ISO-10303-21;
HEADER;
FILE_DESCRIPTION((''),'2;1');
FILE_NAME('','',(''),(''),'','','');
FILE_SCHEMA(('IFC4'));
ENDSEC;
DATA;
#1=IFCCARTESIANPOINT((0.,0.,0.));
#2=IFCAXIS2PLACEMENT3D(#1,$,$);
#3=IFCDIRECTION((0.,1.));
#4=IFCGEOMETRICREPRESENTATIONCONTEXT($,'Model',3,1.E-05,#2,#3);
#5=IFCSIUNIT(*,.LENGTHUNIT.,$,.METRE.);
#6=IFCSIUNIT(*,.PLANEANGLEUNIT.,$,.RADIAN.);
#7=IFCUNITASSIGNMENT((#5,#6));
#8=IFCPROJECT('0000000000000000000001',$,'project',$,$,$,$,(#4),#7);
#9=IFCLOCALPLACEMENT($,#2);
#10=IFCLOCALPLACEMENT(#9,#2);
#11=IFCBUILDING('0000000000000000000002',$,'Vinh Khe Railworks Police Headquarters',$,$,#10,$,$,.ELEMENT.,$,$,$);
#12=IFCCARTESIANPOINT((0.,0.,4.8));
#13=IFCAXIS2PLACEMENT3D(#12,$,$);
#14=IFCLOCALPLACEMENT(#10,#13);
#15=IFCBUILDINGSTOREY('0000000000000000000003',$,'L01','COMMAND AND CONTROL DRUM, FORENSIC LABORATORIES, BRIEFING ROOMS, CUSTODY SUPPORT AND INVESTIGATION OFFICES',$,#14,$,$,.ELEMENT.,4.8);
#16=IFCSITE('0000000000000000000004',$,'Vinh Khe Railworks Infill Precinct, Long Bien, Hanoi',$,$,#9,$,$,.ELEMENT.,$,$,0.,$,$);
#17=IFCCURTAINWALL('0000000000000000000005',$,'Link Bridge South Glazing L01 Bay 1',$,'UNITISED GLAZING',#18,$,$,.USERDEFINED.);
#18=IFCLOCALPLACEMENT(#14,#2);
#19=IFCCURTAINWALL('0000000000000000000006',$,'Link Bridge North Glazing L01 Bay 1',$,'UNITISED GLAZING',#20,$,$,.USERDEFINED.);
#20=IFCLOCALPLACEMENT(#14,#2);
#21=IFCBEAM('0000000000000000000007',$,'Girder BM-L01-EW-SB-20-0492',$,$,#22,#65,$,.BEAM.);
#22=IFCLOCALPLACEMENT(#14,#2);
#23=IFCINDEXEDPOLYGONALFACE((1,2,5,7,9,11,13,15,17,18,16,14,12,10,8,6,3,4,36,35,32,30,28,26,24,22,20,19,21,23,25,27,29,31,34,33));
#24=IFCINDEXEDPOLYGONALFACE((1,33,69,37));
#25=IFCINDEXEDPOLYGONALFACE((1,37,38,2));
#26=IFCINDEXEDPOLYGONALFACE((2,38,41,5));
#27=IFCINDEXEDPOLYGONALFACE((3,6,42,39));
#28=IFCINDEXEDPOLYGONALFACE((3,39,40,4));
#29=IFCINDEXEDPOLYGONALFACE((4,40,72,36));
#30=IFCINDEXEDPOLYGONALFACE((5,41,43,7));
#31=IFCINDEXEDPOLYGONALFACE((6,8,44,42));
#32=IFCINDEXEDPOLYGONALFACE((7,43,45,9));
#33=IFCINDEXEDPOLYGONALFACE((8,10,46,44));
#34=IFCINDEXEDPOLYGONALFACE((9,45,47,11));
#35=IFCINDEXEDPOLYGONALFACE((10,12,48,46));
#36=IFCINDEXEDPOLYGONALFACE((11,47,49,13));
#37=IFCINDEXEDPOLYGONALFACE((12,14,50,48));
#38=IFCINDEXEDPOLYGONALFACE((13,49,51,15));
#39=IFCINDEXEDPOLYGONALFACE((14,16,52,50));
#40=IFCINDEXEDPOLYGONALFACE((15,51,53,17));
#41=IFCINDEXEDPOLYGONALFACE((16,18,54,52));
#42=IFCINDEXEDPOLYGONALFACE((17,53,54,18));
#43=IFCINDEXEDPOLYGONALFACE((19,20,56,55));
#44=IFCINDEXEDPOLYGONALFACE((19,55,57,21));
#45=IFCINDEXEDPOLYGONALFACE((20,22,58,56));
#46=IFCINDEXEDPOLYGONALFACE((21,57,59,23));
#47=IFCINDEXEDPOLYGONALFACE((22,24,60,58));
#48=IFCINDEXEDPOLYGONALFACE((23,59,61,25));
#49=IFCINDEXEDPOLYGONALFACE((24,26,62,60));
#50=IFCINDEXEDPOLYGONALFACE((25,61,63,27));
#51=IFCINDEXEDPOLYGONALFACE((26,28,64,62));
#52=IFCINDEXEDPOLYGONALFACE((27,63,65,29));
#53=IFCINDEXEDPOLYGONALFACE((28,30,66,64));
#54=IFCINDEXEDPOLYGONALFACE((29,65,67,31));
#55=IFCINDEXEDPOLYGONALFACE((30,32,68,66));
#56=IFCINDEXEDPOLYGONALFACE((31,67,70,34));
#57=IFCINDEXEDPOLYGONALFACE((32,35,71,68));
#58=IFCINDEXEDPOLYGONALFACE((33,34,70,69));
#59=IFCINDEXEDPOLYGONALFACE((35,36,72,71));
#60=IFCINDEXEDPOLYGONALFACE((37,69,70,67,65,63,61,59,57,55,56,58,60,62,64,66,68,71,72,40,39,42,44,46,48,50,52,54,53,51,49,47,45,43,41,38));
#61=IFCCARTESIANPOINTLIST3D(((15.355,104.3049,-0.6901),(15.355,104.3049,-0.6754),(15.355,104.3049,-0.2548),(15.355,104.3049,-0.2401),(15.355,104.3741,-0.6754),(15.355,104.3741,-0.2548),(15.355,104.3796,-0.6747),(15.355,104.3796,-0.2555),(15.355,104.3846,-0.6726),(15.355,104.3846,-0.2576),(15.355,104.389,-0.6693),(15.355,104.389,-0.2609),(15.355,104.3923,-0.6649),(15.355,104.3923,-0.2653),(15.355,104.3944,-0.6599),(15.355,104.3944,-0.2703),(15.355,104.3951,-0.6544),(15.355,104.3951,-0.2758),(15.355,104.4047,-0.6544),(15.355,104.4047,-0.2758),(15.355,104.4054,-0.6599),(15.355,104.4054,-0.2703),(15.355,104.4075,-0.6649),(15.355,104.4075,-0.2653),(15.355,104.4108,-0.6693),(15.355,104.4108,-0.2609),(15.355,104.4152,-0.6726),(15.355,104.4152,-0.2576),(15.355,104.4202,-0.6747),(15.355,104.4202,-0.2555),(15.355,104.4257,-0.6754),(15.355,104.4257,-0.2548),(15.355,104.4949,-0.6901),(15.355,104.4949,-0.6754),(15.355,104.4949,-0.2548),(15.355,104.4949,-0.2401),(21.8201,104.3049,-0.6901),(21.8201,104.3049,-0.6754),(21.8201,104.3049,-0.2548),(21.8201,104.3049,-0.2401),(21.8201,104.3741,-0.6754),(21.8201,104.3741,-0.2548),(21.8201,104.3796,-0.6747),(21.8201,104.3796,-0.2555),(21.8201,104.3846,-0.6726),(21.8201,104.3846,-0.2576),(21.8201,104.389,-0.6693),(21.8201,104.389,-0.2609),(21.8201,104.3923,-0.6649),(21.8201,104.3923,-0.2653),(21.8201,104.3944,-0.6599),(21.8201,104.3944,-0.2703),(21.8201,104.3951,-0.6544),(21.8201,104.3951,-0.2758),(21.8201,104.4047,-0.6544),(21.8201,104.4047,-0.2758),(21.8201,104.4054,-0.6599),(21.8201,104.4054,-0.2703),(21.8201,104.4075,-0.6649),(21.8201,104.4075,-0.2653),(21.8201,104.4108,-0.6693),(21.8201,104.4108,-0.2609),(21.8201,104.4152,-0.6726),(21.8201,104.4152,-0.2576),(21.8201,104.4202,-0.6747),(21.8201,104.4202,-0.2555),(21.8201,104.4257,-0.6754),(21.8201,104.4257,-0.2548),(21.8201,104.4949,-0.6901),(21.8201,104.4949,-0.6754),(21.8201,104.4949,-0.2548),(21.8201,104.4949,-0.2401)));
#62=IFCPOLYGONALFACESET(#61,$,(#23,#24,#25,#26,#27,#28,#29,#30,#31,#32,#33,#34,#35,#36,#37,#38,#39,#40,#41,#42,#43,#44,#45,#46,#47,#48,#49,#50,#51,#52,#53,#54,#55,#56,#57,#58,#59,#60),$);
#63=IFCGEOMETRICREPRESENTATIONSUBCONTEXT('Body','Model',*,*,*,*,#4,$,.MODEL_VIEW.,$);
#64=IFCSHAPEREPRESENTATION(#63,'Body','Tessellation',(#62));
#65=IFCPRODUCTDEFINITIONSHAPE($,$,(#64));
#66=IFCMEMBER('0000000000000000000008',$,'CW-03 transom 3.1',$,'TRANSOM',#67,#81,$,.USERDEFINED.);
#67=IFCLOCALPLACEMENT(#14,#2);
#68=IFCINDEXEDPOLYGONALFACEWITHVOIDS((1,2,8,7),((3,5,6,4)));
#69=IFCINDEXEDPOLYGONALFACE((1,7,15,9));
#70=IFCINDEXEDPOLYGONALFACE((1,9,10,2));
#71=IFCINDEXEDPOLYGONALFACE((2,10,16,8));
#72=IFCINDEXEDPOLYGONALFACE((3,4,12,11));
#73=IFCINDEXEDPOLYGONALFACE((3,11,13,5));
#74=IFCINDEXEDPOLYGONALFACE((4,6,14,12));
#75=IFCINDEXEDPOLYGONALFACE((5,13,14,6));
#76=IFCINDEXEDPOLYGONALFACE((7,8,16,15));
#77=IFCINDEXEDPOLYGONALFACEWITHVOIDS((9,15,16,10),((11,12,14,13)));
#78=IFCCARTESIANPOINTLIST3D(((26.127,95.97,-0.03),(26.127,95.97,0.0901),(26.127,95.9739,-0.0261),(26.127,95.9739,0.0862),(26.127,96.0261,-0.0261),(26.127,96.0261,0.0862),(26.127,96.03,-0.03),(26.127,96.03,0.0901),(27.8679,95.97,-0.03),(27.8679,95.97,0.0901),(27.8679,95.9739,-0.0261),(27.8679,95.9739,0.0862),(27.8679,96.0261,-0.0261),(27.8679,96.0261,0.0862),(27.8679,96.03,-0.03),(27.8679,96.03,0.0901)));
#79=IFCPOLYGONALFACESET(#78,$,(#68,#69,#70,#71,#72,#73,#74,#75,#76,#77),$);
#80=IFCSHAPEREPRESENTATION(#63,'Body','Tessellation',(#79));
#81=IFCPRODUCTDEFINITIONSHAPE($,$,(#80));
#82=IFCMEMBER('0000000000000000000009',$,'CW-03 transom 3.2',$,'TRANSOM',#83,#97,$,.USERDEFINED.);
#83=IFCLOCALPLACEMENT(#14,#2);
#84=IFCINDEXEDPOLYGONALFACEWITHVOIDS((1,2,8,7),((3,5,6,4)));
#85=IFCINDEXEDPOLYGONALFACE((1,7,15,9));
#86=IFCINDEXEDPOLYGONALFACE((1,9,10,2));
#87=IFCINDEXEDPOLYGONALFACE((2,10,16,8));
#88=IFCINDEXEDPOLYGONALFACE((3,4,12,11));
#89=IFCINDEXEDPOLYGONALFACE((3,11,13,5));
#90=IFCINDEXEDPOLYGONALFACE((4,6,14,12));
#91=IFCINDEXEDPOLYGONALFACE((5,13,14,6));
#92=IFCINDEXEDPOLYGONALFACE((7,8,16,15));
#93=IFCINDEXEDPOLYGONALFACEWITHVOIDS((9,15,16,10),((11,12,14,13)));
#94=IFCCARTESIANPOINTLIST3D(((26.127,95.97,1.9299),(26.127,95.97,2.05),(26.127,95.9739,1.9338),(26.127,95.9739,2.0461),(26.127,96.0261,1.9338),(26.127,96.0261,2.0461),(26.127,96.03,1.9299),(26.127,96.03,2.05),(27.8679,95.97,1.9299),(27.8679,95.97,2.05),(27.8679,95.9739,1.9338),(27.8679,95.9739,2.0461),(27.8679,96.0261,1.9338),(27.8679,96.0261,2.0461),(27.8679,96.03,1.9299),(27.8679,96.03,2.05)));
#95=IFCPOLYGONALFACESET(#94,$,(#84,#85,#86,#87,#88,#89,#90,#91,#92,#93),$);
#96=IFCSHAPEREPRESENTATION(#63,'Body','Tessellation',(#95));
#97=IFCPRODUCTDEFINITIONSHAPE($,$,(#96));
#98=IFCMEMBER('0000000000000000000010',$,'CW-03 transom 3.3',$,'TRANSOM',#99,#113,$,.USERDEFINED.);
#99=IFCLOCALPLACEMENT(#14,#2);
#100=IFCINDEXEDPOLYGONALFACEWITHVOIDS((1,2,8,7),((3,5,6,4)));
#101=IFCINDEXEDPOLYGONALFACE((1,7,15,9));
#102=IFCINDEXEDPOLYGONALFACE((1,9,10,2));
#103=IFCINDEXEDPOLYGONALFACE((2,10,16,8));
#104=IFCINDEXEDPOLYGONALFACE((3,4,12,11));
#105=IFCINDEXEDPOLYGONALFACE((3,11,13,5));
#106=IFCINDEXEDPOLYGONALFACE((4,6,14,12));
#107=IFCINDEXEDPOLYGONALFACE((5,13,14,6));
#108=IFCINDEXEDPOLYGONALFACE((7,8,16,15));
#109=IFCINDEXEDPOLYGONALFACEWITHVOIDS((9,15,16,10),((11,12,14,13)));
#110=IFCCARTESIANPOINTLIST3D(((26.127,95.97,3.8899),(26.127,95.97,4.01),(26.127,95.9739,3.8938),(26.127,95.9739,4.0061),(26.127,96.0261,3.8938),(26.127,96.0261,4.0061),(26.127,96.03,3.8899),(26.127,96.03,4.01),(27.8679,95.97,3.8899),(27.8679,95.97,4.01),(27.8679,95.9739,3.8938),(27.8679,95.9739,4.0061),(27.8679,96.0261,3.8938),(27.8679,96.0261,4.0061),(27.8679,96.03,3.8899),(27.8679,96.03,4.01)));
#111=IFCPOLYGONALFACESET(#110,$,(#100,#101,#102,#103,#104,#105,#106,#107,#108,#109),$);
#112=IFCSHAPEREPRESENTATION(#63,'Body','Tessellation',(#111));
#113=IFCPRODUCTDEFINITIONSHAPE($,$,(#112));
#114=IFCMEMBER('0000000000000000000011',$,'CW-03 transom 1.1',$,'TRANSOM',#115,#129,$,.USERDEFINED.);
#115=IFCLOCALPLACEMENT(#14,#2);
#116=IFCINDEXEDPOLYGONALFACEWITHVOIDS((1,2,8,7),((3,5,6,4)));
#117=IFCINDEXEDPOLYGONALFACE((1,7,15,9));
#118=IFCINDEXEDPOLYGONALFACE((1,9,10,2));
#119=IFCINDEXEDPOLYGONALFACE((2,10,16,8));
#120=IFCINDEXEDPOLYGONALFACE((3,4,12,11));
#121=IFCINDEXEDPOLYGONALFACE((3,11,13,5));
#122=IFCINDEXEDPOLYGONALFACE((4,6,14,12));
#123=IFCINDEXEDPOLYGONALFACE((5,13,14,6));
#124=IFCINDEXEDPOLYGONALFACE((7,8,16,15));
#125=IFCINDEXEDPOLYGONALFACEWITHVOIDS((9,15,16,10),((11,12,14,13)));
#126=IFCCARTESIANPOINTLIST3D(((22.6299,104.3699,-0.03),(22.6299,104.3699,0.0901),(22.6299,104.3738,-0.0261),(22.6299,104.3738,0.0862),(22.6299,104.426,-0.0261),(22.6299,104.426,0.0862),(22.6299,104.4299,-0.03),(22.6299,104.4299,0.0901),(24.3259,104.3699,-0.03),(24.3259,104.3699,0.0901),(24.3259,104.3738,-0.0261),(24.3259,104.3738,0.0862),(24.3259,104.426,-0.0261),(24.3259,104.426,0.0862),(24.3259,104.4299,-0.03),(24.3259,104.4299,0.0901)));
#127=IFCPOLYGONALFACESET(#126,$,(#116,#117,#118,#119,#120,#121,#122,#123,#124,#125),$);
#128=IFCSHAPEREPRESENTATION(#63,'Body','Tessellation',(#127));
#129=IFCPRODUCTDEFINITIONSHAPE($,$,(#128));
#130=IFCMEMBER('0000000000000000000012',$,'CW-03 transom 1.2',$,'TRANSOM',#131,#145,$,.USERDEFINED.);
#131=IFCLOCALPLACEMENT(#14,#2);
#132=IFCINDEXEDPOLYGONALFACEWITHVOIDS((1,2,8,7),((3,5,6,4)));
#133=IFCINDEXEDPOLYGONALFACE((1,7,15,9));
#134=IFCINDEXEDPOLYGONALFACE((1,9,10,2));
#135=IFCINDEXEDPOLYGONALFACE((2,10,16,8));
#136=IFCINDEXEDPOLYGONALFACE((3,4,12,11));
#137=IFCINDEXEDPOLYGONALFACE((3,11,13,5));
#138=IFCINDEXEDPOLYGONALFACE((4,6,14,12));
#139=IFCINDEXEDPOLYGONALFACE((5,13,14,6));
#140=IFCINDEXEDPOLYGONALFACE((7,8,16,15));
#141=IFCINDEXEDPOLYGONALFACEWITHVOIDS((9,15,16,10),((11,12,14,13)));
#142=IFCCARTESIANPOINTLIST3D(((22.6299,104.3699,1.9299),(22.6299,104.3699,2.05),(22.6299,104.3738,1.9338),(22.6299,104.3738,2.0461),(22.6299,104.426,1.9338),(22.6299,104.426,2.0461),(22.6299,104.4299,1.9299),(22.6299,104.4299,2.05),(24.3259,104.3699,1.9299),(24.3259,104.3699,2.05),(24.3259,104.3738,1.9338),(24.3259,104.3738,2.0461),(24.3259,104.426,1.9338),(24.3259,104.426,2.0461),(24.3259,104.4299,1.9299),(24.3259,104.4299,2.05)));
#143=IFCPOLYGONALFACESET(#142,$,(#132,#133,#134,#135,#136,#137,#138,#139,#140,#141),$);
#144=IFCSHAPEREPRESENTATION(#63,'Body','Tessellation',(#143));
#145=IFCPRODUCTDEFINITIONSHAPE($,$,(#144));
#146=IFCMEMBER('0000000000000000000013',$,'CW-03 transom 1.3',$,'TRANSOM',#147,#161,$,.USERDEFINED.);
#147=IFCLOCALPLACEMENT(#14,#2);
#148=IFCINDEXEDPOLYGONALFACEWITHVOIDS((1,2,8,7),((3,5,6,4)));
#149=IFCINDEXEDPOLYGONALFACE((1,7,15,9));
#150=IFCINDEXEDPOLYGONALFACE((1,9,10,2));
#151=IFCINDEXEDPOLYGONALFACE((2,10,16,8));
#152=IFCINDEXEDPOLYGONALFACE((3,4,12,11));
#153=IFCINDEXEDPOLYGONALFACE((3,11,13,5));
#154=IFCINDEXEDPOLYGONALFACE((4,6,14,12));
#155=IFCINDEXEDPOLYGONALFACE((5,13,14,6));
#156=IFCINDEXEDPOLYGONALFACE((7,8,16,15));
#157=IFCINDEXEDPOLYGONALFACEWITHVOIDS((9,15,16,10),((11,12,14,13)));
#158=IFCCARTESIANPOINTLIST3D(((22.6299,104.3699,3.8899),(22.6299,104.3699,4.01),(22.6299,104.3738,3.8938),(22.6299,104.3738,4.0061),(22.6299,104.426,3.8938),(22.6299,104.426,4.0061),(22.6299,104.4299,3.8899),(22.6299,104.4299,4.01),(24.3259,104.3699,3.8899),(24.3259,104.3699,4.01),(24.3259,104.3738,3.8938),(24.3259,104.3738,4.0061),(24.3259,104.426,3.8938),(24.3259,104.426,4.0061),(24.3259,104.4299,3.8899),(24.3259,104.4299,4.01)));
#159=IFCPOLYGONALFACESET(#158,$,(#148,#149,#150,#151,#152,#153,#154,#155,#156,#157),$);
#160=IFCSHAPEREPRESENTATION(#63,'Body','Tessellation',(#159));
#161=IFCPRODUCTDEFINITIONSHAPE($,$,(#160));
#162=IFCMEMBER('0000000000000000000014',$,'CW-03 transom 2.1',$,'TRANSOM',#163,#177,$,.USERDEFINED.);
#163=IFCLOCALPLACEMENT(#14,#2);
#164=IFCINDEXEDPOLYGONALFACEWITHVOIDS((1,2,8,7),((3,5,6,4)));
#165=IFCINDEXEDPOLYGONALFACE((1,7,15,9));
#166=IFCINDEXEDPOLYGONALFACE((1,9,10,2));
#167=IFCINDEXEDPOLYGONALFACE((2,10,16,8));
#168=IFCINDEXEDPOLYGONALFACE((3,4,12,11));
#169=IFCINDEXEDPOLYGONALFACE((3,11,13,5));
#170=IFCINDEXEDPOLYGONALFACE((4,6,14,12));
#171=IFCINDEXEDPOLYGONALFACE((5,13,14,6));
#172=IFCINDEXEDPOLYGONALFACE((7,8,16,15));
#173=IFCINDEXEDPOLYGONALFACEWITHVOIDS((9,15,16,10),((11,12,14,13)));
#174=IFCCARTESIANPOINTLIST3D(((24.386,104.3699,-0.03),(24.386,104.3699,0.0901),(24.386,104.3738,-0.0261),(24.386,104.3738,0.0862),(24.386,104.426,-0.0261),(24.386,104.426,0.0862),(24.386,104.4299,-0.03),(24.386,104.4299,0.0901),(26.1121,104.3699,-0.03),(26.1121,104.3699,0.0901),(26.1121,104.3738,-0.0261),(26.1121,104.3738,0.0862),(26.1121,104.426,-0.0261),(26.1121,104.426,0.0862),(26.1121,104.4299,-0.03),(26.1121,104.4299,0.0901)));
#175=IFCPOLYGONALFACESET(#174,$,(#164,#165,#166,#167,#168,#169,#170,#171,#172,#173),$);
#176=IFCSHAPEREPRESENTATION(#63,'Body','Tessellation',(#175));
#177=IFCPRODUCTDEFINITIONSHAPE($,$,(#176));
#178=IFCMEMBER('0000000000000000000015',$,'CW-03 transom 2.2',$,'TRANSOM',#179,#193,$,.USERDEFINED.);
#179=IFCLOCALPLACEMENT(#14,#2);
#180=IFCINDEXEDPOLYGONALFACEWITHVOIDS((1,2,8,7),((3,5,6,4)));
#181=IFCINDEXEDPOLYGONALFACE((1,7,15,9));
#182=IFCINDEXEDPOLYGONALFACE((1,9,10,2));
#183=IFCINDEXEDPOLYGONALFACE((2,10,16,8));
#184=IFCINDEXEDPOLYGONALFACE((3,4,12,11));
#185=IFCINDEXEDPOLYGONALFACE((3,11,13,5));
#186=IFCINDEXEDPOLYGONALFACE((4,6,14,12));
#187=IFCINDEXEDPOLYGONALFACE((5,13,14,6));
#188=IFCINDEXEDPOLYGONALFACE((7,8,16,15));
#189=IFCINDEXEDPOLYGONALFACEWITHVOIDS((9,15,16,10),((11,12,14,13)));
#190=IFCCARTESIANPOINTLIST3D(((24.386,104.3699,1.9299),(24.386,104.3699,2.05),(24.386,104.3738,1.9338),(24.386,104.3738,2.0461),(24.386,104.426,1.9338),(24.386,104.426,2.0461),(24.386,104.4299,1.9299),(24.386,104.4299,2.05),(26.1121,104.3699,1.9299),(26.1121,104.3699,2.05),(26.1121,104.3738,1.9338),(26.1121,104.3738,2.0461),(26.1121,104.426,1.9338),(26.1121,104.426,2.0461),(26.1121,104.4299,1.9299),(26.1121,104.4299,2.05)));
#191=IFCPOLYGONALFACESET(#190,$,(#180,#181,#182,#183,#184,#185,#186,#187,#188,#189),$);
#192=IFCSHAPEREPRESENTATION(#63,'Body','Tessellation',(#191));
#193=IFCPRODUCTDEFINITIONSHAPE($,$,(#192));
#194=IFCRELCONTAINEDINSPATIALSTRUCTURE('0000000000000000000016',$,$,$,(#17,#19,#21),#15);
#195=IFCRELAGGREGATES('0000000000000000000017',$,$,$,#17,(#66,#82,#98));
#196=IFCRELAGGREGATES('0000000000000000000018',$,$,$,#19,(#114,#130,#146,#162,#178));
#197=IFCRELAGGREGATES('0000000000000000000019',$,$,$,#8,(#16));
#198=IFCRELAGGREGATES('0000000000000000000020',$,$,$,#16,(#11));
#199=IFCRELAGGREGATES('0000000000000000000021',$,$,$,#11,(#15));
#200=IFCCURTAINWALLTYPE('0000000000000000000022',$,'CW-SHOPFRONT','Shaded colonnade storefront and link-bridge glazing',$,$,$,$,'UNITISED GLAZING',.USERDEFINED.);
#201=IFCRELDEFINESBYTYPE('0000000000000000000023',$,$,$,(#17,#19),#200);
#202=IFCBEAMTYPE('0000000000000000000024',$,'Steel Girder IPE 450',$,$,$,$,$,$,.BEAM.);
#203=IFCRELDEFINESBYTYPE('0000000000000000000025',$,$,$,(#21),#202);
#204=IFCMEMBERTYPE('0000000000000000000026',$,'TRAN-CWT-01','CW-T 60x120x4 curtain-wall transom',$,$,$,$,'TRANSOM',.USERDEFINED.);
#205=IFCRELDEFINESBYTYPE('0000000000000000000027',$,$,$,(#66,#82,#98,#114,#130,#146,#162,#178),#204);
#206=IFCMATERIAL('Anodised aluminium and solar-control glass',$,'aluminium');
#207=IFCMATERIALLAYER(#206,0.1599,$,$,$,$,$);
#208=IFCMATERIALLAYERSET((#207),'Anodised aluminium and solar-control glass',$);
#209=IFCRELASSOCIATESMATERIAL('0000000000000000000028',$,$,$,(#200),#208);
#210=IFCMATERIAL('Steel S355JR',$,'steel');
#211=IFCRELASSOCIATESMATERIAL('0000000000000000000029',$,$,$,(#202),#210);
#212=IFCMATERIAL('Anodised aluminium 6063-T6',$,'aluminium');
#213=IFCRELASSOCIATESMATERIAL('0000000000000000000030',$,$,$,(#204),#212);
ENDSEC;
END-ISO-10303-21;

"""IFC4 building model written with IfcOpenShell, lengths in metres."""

from ifc_helpers import new_model, si_unit, direction, frame, origin, origin_2d, place, context, subcontext, project, spatial, hollow_rectangle, i_section, extrude, material, layer, layer_set, material_profile, profile_set, type_object, element, aggregate, save


model = new_model("IFC4")

# Units and contexts
model_context = context("Model", 3, precision=1e-05, world=origin(), true_north=direction((0.0, 1.0)))
body_context = subcontext(model_context, "Body", "Model", "MODEL_VIEW")
ifc_project = project(units=[si_unit("LENGTHUNIT", "METRE"), si_unit("PLANEANGLEUNIT", "RADIAN")], contexts=[model_context])

# Site, building, storey
site_placement = place(None, origin())
site = spatial("IfcSite", under=ifc_project, at=site_placement, Name="Vinh Khe Railworks Infill Precinct, Long Bien, Hanoi", CompositionType="ELEMENT", RefElevation=0.0)
building_placement = place(site_placement, origin())
building = spatial("IfcBuilding", under=site, at=building_placement, Name="Vinh Khe Railworks Police Headquarters", CompositionType="ELEMENT")
storey_placement = place(building_placement, frame((0.0, 0.0, 4.8)))
storey = spatial("IfcBuildingStorey", under=building, at=storey_placement, Name="L01", Description="COMMAND AND CONTROL DRUM, FORENSIC LABORATORIES, BRIEFING ROOMS, CUSTODY SUPPORT AND INVESTIGATION OFFICES", CompositionType="ELEMENT", Elevation=4.8)

# Curtain wall
ifc_material_1 = material(Name="Anodised aluminium and solar-control glass", Category="aluminium")
ifc_layer_1 = layer(ifc_material_1, 0.1599)
ifc_layer_set_1 = layer_set([ifc_layer_1], Name="Anodised aluminium and solar-control glass")
curtain_wall_type = type_object("IfcCurtainWallType", Name="CW-SHOPFRONT", Description="Shaded colonnade storefront and link-bridge glazing", ElementType="UNITISED GLAZING", PredefinedType="USERDEFINED", material=ifc_layer_set_1)
curtain_wall_1_placement = place(storey_placement, origin())
curtain_wall_1 = element("IfcCurtainWall", 1, at=curtain_wall_1_placement, inside=storey, type_object=curtain_wall_type, Name="Link Bridge South Glazing L01 Bay 1", ObjectType="UNITISED GLAZING", PredefinedType="USERDEFINED")
ifc_material_2 = material(Name="Anodised aluminium 6063-T6", Category="aluminium")

# Curtain wall
curtain_wall_2_placement = place(storey_placement, origin())
curtain_wall_2 = element("IfcCurtainWall", 2, at=curtain_wall_2_placement, inside=storey, type_object=curtain_wall_type, Name="Link Bridge North Glazing L01 Bay 1", ObjectType="UNITISED GLAZING", PredefinedType="USERDEFINED")

# Beam
ifc_material_3 = material(Name="Steel S355JR", Category="steel")
ifc_material_profile_1 = material_profile(ifc_material_3, i_section(OverallWidth=0.1899, OverallDepth=0.45, WebThickness=0.0095, FlangeThickness=0.0146, FilletRadius=0.021, at=origin_2d()), Name="IPE 450")
ifc_profile_set_1 = profile_set([ifc_material_profile_1], Name="Steel S355JR")
beam_type_1 = type_object("IfcBeamType", Name="Steel Girder IPE 450", PredefinedType="BEAM", material=ifc_profile_set_1)
beam_1_placement = place(storey_placement, frame((15.355, 104.3999, -0.4651), z_axis=(1.0, 0.0, 0.0), x_axis=(0.0, 1.0, 0.0)))
element("IfcBeam", 3, at=beam_1_placement, inside=storey, type_object=beam_type_1, Name="Girder BM-L01-EW-SB-20-0492", PredefinedType="BEAM", context=body_context, shape_type="SweptSolid", body=[
    extrude(i_section(OverallWidth=0.1899, OverallDepth=0.45, WebThickness=0.0095, FlangeThickness=0.0146, FilletRadius=0.021, at=origin_2d()), origin(), (0.0, 0.0, 1.0), 6.4651),
])

# Members
ifc_material_profile_2 = material_profile(ifc_material_2, hollow_rectangle(XDim=0.0601, YDim=0.1201, WallThickness=0.0039, at=origin_2d()), Name="CW-T 60x120x4")
ifc_profile_set_2 = profile_set([ifc_material_profile_2], Name="Anodised aluminium 6063-T6")
member_type_1 = type_object("IfcMemberType", Name="TRAN-CWT-01", Description="CW-T 60x120x4 curtain-wall transom", ElementType="TRANSOM", PredefinedType="USERDEFINED", material=ifc_profile_set_2)
member_1_placement = place(storey_placement, frame((26.127, 96.0, 0.03), z_axis=(1.0, 0.0, 0.0), x_axis=(0.0, 1.0, 0.0)))
member_1 = element("IfcMember", 4, at=member_1_placement, type_object=member_type_1, Name="CW-03 transom 3.1", ObjectType="TRANSOM", PredefinedType="USERDEFINED", context=body_context, shape_type="SweptSolid", body=[
    extrude(hollow_rectangle(XDim=0.0601, YDim=0.1201, WallThickness=0.0039, at=origin_2d()), origin(), (0.0, 0.0, 1.0), 1.741),
])
member_2_placement = place(storey_placement, frame((26.127, 96.0, 1.99), z_axis=(1.0, 0.0, 0.0), x_axis=(0.0, 1.0, 0.0)))
member_2 = element("IfcMember", 5, at=member_2_placement, type_object=member_type_1, Name="CW-03 transom 3.2", ObjectType="TRANSOM", PredefinedType="USERDEFINED", context=body_context, shape_type="SweptSolid", body=[
    extrude(hollow_rectangle(XDim=0.0601, YDim=0.1201, WallThickness=0.0039, at=origin_2d()), origin(), (0.0, 0.0, 1.0), 1.741),
])
member_3_placement = place(storey_placement, frame((26.127, 96.0, 3.95), z_axis=(1.0, 0.0, 0.0), x_axis=(0.0, 1.0, 0.0)))
member_3 = element("IfcMember", 6, at=member_3_placement, type_object=member_type_1, Name="CW-03 transom 3.3", ObjectType="TRANSOM", PredefinedType="USERDEFINED", context=body_context, shape_type="SweptSolid", body=[
    extrude(hollow_rectangle(XDim=0.0601, YDim=0.1201, WallThickness=0.0039, at=origin_2d()), origin(), (0.0, 0.0, 1.0), 1.741),
])
aggregate(curtain_wall_1, [member_1, member_2, member_3])
member_4_placement = place(storey_placement, frame((22.6299, 104.3999, 0.03), z_axis=(1.0, 0.0, 0.0), x_axis=(0.0, 1.0, 0.0)))
member_4 = element("IfcMember", 7, at=member_4_placement, type_object=member_type_1, Name="CW-03 transom 1.1", ObjectType="TRANSOM", PredefinedType="USERDEFINED", context=body_context, shape_type="SweptSolid", body=[
    extrude(hollow_rectangle(XDim=0.0601, YDim=0.1201, WallThickness=0.0039, at=origin_2d()), origin(), (0.0, 0.0, 1.0), 1.696),
])
member_5_placement = place(storey_placement, frame((22.6299, 104.3999, 1.99), z_axis=(1.0, 0.0, 0.0), x_axis=(0.0, 1.0, 0.0)))
member_5 = element("IfcMember", 8, at=member_5_placement, type_object=member_type_1, Name="CW-03 transom 1.2", ObjectType="TRANSOM", PredefinedType="USERDEFINED", context=body_context, shape_type="SweptSolid", body=[
    extrude(hollow_rectangle(XDim=0.0601, YDim=0.1201, WallThickness=0.0039, at=origin_2d()), origin(), (0.0, 0.0, 1.0), 1.696),
])
member_6_placement = place(storey_placement, frame((22.6299, 104.3999, 3.95), z_axis=(1.0, 0.0, 0.0), x_axis=(0.0, 1.0, 0.0)))
member_6 = element("IfcMember", 9, at=member_6_placement, type_object=member_type_1, Name="CW-03 transom 1.3", ObjectType="TRANSOM", PredefinedType="USERDEFINED", context=body_context, shape_type="SweptSolid", body=[
    extrude(hollow_rectangle(XDim=0.0601, YDim=0.1201, WallThickness=0.0039, at=origin_2d()), origin(), (0.0, 0.0, 1.0), 1.696),
])
member_7_placement = place(storey_placement, frame((24.386, 104.3999, 0.03), z_axis=(1.0, 0.0, 0.0), x_axis=(0.0, 1.0, 0.0)))
member_7 = element("IfcMember", 10, at=member_7_placement, type_object=member_type_1, Name="CW-03 transom 2.1", ObjectType="TRANSOM", PredefinedType="USERDEFINED", context=body_context, shape_type="SweptSolid", body=[
    extrude(hollow_rectangle(XDim=0.0601, YDim=0.1201, WallThickness=0.0039, at=origin_2d()), origin(), (0.0, 0.0, 1.0), 1.7261),
])
member_8_placement = place(storey_placement, frame((24.386, 104.3999, 1.99), z_axis=(1.0, 0.0, 0.0), x_axis=(0.0, 1.0, 0.0)))
member_8 = element("IfcMember", 11, at=member_8_placement, type_object=member_type_1, Name="CW-03 transom 2.2", ObjectType="TRANSOM", PredefinedType="USERDEFINED", context=body_context, shape_type="SweptSolid", body=[
    extrude(hollow_rectangle(XDim=0.0601, YDim=0.1201, WallThickness=0.0039, at=origin_2d()), origin(), (0.0, 0.0, 1.0), 1.7261),
])

aggregate(curtain_wall_2, [member_4, member_5, member_6, member_7, member_8])

save(model, "model.ifc")
